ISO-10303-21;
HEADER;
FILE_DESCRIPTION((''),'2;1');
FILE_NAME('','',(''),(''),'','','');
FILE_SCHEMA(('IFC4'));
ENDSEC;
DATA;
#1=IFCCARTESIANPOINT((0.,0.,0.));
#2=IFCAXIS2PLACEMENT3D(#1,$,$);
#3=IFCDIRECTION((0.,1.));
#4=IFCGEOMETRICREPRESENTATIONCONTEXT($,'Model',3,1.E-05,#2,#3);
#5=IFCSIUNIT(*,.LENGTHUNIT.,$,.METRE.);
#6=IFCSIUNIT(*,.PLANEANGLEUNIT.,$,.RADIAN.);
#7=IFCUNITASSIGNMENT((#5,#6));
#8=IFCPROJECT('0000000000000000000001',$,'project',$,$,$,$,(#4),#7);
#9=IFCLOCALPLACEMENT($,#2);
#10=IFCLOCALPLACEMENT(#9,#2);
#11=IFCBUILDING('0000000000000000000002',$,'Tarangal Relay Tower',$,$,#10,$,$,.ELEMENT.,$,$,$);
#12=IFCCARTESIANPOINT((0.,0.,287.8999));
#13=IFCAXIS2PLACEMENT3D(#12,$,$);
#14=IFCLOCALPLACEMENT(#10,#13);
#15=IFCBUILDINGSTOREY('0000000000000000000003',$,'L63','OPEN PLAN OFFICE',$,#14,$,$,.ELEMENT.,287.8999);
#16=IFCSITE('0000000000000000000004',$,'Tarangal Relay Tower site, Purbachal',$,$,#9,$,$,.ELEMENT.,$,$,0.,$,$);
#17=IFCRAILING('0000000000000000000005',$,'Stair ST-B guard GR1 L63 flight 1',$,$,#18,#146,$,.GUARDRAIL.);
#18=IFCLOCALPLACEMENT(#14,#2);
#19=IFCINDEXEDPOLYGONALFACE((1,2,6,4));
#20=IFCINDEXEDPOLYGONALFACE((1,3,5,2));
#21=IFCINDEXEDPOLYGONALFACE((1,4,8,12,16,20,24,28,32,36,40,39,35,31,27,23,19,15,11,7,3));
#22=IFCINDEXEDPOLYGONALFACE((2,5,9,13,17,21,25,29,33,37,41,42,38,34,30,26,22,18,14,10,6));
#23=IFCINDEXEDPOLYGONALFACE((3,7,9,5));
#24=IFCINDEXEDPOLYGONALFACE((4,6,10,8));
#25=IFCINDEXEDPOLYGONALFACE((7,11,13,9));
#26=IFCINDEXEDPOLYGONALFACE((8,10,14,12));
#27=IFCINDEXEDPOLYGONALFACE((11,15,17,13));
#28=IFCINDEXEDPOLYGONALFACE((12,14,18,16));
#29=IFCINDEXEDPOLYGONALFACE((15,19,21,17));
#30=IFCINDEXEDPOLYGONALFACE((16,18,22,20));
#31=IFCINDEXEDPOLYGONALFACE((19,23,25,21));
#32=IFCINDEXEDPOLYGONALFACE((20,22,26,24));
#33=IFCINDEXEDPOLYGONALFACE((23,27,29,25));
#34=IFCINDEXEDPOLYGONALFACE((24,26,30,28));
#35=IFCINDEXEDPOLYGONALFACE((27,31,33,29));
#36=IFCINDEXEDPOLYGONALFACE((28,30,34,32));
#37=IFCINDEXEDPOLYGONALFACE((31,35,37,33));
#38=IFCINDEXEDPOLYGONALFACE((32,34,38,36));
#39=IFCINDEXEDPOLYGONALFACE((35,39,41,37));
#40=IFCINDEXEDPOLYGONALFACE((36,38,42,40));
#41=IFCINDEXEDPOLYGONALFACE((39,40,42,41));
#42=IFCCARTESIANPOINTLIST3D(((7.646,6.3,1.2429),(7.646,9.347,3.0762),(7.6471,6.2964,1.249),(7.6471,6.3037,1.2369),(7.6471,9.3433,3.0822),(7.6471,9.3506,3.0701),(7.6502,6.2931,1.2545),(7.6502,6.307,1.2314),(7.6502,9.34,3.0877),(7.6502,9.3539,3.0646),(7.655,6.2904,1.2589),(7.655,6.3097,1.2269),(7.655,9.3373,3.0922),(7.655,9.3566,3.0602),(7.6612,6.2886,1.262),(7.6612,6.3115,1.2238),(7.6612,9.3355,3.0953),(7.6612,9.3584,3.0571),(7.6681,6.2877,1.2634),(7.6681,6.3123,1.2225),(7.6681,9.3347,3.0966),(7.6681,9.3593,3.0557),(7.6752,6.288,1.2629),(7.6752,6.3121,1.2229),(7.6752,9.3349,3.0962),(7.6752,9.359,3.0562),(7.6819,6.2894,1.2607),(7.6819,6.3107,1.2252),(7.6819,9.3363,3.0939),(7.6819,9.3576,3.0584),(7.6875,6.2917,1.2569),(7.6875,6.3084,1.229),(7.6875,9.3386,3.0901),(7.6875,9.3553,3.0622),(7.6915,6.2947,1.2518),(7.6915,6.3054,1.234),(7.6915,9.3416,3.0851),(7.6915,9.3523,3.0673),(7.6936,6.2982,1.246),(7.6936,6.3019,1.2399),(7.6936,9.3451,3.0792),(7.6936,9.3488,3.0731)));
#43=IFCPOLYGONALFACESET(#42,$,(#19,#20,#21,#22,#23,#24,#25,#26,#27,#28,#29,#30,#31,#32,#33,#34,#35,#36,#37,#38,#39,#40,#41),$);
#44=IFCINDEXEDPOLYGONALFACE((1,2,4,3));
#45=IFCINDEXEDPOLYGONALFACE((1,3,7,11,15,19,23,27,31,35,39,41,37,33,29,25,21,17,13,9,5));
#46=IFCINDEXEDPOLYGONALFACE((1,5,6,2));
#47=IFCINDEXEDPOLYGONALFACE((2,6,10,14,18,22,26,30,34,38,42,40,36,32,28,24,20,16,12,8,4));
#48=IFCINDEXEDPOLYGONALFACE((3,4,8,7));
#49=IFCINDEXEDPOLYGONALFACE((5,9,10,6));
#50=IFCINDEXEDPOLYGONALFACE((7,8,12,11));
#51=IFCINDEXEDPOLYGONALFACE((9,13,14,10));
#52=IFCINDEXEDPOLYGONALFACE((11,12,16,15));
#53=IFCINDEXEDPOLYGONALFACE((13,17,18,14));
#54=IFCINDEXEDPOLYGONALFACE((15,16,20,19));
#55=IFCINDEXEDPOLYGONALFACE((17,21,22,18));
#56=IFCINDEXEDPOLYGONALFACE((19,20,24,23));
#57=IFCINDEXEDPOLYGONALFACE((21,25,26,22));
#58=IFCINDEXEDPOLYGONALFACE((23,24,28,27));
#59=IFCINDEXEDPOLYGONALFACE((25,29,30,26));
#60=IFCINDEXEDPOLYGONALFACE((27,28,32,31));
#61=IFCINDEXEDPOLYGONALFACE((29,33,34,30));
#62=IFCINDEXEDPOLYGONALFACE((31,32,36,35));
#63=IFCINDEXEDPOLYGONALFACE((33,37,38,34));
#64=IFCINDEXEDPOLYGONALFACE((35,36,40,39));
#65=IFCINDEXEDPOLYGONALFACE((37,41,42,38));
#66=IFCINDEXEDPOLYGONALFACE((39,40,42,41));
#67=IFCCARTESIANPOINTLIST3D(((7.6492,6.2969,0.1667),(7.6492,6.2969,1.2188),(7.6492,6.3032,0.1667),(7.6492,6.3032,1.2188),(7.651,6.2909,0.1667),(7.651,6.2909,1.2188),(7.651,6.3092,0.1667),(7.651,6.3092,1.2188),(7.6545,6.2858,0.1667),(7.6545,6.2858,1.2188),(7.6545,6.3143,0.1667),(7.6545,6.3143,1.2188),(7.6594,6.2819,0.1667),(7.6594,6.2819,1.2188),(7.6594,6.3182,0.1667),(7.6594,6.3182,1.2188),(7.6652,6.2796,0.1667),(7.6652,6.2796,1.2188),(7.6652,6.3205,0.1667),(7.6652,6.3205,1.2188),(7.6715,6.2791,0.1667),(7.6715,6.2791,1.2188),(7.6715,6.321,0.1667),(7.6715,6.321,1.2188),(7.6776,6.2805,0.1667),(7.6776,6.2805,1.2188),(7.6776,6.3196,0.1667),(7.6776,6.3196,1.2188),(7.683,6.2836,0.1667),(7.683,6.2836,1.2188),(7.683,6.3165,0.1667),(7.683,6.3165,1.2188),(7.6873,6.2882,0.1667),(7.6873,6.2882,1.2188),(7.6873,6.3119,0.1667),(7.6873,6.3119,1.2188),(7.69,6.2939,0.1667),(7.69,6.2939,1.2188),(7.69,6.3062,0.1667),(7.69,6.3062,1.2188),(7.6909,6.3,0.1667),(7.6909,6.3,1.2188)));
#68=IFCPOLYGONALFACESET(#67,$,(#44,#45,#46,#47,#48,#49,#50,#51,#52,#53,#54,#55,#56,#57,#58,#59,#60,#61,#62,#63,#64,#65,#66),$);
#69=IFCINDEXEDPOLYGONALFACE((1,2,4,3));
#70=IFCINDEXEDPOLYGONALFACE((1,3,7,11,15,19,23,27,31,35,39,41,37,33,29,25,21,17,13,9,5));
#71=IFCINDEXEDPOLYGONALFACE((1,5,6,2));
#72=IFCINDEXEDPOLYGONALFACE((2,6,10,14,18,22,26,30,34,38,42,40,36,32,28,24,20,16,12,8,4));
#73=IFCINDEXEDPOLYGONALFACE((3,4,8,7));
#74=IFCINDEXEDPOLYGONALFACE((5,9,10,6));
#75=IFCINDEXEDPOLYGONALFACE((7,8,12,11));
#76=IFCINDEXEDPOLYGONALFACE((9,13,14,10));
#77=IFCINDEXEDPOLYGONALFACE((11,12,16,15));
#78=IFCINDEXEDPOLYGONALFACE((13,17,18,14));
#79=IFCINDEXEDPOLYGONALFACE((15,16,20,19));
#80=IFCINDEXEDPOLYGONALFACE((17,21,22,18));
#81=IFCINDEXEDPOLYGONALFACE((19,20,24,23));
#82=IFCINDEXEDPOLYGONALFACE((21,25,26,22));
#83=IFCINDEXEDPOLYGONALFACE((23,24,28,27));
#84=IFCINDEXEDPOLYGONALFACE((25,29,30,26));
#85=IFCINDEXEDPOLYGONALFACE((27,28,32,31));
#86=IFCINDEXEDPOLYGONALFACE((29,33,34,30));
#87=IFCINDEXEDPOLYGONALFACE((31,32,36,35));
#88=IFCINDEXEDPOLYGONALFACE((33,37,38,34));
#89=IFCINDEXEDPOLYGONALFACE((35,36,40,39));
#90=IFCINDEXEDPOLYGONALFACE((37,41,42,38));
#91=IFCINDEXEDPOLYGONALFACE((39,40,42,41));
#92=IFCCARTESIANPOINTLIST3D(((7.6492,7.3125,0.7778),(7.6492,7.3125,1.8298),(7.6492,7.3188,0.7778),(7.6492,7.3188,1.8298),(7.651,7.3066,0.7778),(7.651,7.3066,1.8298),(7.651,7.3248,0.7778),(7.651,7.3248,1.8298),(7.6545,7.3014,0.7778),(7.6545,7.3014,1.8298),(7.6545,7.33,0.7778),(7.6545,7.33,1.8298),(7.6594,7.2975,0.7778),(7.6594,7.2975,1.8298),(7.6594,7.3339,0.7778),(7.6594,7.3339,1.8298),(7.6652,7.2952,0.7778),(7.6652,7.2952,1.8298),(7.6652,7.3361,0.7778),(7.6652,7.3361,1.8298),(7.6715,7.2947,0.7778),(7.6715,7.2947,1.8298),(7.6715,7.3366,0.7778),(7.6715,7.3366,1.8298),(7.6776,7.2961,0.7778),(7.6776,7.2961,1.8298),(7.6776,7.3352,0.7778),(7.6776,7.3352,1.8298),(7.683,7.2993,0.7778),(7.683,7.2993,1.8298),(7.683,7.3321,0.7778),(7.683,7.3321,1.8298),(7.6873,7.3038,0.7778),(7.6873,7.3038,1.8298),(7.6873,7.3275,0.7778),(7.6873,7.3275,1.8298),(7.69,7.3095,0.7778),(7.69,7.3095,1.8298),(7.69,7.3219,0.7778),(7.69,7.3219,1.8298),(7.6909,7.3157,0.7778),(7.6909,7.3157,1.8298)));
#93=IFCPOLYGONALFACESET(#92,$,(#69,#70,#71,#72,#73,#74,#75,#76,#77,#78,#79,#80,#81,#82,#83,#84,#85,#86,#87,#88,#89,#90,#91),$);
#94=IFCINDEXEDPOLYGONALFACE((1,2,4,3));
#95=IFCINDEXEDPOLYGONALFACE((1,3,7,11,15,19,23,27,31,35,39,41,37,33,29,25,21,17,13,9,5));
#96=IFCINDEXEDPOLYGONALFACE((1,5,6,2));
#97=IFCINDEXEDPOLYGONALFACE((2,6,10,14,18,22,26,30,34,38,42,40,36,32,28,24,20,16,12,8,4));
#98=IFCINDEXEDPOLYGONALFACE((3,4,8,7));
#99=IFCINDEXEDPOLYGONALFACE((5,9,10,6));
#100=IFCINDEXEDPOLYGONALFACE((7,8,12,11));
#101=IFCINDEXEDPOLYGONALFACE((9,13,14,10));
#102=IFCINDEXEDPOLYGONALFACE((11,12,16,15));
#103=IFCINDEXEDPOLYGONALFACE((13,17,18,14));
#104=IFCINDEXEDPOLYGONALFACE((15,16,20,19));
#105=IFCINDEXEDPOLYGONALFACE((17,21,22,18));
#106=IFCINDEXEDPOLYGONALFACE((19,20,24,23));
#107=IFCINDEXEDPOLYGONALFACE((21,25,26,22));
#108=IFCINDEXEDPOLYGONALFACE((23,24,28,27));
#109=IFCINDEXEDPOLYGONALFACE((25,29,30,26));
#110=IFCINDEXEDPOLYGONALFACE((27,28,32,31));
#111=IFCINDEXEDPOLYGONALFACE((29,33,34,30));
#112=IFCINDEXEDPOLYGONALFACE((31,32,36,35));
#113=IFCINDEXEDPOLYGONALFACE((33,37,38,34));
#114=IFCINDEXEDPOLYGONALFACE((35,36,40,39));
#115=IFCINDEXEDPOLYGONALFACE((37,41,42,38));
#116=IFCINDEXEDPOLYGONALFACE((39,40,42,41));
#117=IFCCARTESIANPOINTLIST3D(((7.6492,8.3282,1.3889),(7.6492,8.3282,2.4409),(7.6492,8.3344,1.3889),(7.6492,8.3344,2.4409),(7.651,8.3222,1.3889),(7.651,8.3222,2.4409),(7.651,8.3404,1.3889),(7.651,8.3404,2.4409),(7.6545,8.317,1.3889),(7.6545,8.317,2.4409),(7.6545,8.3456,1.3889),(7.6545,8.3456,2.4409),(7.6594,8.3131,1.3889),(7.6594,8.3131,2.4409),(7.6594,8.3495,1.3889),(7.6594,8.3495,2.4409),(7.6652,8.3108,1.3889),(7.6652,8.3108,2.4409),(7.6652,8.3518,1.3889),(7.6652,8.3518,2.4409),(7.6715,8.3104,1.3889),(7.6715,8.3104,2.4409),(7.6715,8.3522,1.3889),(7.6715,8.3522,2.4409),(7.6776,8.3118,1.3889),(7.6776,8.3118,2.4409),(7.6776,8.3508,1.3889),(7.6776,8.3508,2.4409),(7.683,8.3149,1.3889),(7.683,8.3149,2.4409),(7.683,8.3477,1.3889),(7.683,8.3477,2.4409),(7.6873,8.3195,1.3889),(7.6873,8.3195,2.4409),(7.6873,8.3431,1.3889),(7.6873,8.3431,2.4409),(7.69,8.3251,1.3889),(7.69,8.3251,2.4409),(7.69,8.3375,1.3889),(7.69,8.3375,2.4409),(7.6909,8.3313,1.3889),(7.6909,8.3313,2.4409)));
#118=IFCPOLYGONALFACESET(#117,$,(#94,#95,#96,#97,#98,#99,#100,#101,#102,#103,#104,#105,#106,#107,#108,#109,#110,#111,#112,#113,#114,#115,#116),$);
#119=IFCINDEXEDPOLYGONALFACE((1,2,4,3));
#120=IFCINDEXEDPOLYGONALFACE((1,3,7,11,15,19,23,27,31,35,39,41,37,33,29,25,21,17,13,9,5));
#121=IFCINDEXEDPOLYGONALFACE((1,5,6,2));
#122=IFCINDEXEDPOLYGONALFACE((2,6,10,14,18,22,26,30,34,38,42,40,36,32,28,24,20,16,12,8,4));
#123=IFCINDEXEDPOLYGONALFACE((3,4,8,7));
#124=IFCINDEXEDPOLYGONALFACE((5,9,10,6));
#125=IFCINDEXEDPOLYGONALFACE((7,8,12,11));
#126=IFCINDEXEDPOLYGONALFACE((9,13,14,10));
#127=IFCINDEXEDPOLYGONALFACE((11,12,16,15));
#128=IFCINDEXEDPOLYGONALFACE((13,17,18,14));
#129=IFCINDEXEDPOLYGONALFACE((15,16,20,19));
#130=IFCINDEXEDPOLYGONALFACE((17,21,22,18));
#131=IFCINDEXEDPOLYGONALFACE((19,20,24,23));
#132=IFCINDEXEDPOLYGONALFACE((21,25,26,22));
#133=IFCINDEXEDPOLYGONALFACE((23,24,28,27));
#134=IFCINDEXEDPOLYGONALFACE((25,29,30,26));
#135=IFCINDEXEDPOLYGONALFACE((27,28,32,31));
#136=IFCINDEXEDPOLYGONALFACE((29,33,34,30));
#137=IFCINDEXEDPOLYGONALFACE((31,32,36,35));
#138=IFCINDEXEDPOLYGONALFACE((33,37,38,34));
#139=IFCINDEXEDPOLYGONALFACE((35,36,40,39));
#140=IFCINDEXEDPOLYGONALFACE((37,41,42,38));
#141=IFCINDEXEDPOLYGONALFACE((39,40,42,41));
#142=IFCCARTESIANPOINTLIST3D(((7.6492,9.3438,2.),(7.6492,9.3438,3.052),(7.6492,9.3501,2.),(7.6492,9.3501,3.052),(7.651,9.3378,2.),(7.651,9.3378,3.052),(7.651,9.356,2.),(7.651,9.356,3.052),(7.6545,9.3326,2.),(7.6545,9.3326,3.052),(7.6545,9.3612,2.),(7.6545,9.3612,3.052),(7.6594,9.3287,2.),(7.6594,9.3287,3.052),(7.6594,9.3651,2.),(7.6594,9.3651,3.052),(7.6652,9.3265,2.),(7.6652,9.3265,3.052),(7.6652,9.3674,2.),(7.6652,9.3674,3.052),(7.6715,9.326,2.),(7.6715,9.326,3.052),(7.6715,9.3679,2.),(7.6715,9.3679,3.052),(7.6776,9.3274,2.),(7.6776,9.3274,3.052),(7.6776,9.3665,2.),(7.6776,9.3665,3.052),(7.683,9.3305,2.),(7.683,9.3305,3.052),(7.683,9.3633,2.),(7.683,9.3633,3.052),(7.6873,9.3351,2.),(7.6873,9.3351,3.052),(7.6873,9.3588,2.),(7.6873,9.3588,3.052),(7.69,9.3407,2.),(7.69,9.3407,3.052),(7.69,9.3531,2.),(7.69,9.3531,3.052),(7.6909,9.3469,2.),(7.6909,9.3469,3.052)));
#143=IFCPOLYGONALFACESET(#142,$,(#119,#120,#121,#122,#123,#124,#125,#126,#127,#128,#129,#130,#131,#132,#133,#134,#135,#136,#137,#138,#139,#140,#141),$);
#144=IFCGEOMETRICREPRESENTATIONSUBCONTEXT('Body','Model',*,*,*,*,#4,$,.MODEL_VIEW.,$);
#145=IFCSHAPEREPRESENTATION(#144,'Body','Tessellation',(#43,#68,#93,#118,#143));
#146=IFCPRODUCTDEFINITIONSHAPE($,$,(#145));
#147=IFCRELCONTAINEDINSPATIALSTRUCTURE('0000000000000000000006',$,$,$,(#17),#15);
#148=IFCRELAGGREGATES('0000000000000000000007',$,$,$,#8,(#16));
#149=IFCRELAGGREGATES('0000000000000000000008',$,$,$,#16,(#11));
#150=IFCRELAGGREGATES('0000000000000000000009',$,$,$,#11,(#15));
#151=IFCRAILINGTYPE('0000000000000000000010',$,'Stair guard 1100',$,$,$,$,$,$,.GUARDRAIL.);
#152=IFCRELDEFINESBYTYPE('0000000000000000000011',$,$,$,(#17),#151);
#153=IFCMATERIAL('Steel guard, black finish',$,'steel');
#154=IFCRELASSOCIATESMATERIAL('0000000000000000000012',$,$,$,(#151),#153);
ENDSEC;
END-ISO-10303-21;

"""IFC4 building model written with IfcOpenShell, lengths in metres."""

from ifc_helpers import new_model, si_unit, direction, frame, origin, origin_2d, place, context, subcontext, project, spatial, circle, extrude, material, type_object, element, save


model = new_model("IFC4")

# Units and contexts
model_context = context("Model", 3, precision=1e-05, world=origin(), true_north=direction((0.0, 1.0)))
body_context = subcontext(model_context, "Body", "Model", "MODEL_VIEW")
ifc_project = project(units=[si_unit("LENGTHUNIT", "METRE"), si_unit("PLANEANGLEUNIT", "RADIAN")], contexts=[model_context])

# Site, building, storey
site_placement = place(None, origin())
site = spatial("IfcSite", under=ifc_project, at=site_placement, Name="Tarangal Relay Tower site, Purbachal", CompositionType="ELEMENT", RefElevation=0.0)
building_placement = place(site_placement, origin())
building = spatial("IfcBuilding", under=site, at=building_placement, Name="Tarangal Relay Tower", CompositionType="ELEMENT")
storey_placement = place(building_placement, frame((0.0, 0.0, 287.8999)))
storey = spatial("IfcBuildingStorey", under=building, at=storey_placement, Name="L63", Description="OPEN PLAN OFFICE", CompositionType="ELEMENT", Elevation=287.8999)

# Railing
ifc_material_1 = material(Name="Steel guard, black finish", Category="steel")
railing_type_1 = type_object("IfcRailingType", Name="Stair guard 1100", PredefinedType="GUARDRAIL", material=ifc_material_1)
railing_1_placement = place(storey_placement, frame((7.6699, 6.3, 0.1667)))
element("IfcRailing", 1, at=railing_1_placement, inside=storey, type_object=railing_type_1, Name="Stair ST-B guard GR1 L63 flight 1", PredefinedType="GUARDRAIL", context=body_context, shape_type="SweptSolid", body=[
    extrude(circle(Radius=0.0239, at=origin_2d()), frame((0.0, 0.0, 1.0762), z_axis=(0.0, 0.856856, 0.515556), x_axis=(-1.0, 0.0, 0.0)), (0.0, 0.0, 1.0), 3.5559),
    extrude(circle(Radius=0.021, at=origin_2d()), origin(), (0.0, 0.0, 1.0), 1.052),
    extrude(circle(Radius=0.021, at=origin_2d()), frame((0.0, 1.0156, 0.6111)), (0.0, 0.0, 1.0), 1.052),
    extrude(circle(Radius=0.021, at=origin_2d()), frame((0.0, 2.0312, 1.2222)), (0.0, 0.0, 1.0), 1.052),
    extrude(circle(Radius=0.021, at=origin_2d()), frame((0.0, 3.0469, 1.8333)), (0.0, 0.0, 1.0), 1.052),
])

save(model, "model.ifc")
